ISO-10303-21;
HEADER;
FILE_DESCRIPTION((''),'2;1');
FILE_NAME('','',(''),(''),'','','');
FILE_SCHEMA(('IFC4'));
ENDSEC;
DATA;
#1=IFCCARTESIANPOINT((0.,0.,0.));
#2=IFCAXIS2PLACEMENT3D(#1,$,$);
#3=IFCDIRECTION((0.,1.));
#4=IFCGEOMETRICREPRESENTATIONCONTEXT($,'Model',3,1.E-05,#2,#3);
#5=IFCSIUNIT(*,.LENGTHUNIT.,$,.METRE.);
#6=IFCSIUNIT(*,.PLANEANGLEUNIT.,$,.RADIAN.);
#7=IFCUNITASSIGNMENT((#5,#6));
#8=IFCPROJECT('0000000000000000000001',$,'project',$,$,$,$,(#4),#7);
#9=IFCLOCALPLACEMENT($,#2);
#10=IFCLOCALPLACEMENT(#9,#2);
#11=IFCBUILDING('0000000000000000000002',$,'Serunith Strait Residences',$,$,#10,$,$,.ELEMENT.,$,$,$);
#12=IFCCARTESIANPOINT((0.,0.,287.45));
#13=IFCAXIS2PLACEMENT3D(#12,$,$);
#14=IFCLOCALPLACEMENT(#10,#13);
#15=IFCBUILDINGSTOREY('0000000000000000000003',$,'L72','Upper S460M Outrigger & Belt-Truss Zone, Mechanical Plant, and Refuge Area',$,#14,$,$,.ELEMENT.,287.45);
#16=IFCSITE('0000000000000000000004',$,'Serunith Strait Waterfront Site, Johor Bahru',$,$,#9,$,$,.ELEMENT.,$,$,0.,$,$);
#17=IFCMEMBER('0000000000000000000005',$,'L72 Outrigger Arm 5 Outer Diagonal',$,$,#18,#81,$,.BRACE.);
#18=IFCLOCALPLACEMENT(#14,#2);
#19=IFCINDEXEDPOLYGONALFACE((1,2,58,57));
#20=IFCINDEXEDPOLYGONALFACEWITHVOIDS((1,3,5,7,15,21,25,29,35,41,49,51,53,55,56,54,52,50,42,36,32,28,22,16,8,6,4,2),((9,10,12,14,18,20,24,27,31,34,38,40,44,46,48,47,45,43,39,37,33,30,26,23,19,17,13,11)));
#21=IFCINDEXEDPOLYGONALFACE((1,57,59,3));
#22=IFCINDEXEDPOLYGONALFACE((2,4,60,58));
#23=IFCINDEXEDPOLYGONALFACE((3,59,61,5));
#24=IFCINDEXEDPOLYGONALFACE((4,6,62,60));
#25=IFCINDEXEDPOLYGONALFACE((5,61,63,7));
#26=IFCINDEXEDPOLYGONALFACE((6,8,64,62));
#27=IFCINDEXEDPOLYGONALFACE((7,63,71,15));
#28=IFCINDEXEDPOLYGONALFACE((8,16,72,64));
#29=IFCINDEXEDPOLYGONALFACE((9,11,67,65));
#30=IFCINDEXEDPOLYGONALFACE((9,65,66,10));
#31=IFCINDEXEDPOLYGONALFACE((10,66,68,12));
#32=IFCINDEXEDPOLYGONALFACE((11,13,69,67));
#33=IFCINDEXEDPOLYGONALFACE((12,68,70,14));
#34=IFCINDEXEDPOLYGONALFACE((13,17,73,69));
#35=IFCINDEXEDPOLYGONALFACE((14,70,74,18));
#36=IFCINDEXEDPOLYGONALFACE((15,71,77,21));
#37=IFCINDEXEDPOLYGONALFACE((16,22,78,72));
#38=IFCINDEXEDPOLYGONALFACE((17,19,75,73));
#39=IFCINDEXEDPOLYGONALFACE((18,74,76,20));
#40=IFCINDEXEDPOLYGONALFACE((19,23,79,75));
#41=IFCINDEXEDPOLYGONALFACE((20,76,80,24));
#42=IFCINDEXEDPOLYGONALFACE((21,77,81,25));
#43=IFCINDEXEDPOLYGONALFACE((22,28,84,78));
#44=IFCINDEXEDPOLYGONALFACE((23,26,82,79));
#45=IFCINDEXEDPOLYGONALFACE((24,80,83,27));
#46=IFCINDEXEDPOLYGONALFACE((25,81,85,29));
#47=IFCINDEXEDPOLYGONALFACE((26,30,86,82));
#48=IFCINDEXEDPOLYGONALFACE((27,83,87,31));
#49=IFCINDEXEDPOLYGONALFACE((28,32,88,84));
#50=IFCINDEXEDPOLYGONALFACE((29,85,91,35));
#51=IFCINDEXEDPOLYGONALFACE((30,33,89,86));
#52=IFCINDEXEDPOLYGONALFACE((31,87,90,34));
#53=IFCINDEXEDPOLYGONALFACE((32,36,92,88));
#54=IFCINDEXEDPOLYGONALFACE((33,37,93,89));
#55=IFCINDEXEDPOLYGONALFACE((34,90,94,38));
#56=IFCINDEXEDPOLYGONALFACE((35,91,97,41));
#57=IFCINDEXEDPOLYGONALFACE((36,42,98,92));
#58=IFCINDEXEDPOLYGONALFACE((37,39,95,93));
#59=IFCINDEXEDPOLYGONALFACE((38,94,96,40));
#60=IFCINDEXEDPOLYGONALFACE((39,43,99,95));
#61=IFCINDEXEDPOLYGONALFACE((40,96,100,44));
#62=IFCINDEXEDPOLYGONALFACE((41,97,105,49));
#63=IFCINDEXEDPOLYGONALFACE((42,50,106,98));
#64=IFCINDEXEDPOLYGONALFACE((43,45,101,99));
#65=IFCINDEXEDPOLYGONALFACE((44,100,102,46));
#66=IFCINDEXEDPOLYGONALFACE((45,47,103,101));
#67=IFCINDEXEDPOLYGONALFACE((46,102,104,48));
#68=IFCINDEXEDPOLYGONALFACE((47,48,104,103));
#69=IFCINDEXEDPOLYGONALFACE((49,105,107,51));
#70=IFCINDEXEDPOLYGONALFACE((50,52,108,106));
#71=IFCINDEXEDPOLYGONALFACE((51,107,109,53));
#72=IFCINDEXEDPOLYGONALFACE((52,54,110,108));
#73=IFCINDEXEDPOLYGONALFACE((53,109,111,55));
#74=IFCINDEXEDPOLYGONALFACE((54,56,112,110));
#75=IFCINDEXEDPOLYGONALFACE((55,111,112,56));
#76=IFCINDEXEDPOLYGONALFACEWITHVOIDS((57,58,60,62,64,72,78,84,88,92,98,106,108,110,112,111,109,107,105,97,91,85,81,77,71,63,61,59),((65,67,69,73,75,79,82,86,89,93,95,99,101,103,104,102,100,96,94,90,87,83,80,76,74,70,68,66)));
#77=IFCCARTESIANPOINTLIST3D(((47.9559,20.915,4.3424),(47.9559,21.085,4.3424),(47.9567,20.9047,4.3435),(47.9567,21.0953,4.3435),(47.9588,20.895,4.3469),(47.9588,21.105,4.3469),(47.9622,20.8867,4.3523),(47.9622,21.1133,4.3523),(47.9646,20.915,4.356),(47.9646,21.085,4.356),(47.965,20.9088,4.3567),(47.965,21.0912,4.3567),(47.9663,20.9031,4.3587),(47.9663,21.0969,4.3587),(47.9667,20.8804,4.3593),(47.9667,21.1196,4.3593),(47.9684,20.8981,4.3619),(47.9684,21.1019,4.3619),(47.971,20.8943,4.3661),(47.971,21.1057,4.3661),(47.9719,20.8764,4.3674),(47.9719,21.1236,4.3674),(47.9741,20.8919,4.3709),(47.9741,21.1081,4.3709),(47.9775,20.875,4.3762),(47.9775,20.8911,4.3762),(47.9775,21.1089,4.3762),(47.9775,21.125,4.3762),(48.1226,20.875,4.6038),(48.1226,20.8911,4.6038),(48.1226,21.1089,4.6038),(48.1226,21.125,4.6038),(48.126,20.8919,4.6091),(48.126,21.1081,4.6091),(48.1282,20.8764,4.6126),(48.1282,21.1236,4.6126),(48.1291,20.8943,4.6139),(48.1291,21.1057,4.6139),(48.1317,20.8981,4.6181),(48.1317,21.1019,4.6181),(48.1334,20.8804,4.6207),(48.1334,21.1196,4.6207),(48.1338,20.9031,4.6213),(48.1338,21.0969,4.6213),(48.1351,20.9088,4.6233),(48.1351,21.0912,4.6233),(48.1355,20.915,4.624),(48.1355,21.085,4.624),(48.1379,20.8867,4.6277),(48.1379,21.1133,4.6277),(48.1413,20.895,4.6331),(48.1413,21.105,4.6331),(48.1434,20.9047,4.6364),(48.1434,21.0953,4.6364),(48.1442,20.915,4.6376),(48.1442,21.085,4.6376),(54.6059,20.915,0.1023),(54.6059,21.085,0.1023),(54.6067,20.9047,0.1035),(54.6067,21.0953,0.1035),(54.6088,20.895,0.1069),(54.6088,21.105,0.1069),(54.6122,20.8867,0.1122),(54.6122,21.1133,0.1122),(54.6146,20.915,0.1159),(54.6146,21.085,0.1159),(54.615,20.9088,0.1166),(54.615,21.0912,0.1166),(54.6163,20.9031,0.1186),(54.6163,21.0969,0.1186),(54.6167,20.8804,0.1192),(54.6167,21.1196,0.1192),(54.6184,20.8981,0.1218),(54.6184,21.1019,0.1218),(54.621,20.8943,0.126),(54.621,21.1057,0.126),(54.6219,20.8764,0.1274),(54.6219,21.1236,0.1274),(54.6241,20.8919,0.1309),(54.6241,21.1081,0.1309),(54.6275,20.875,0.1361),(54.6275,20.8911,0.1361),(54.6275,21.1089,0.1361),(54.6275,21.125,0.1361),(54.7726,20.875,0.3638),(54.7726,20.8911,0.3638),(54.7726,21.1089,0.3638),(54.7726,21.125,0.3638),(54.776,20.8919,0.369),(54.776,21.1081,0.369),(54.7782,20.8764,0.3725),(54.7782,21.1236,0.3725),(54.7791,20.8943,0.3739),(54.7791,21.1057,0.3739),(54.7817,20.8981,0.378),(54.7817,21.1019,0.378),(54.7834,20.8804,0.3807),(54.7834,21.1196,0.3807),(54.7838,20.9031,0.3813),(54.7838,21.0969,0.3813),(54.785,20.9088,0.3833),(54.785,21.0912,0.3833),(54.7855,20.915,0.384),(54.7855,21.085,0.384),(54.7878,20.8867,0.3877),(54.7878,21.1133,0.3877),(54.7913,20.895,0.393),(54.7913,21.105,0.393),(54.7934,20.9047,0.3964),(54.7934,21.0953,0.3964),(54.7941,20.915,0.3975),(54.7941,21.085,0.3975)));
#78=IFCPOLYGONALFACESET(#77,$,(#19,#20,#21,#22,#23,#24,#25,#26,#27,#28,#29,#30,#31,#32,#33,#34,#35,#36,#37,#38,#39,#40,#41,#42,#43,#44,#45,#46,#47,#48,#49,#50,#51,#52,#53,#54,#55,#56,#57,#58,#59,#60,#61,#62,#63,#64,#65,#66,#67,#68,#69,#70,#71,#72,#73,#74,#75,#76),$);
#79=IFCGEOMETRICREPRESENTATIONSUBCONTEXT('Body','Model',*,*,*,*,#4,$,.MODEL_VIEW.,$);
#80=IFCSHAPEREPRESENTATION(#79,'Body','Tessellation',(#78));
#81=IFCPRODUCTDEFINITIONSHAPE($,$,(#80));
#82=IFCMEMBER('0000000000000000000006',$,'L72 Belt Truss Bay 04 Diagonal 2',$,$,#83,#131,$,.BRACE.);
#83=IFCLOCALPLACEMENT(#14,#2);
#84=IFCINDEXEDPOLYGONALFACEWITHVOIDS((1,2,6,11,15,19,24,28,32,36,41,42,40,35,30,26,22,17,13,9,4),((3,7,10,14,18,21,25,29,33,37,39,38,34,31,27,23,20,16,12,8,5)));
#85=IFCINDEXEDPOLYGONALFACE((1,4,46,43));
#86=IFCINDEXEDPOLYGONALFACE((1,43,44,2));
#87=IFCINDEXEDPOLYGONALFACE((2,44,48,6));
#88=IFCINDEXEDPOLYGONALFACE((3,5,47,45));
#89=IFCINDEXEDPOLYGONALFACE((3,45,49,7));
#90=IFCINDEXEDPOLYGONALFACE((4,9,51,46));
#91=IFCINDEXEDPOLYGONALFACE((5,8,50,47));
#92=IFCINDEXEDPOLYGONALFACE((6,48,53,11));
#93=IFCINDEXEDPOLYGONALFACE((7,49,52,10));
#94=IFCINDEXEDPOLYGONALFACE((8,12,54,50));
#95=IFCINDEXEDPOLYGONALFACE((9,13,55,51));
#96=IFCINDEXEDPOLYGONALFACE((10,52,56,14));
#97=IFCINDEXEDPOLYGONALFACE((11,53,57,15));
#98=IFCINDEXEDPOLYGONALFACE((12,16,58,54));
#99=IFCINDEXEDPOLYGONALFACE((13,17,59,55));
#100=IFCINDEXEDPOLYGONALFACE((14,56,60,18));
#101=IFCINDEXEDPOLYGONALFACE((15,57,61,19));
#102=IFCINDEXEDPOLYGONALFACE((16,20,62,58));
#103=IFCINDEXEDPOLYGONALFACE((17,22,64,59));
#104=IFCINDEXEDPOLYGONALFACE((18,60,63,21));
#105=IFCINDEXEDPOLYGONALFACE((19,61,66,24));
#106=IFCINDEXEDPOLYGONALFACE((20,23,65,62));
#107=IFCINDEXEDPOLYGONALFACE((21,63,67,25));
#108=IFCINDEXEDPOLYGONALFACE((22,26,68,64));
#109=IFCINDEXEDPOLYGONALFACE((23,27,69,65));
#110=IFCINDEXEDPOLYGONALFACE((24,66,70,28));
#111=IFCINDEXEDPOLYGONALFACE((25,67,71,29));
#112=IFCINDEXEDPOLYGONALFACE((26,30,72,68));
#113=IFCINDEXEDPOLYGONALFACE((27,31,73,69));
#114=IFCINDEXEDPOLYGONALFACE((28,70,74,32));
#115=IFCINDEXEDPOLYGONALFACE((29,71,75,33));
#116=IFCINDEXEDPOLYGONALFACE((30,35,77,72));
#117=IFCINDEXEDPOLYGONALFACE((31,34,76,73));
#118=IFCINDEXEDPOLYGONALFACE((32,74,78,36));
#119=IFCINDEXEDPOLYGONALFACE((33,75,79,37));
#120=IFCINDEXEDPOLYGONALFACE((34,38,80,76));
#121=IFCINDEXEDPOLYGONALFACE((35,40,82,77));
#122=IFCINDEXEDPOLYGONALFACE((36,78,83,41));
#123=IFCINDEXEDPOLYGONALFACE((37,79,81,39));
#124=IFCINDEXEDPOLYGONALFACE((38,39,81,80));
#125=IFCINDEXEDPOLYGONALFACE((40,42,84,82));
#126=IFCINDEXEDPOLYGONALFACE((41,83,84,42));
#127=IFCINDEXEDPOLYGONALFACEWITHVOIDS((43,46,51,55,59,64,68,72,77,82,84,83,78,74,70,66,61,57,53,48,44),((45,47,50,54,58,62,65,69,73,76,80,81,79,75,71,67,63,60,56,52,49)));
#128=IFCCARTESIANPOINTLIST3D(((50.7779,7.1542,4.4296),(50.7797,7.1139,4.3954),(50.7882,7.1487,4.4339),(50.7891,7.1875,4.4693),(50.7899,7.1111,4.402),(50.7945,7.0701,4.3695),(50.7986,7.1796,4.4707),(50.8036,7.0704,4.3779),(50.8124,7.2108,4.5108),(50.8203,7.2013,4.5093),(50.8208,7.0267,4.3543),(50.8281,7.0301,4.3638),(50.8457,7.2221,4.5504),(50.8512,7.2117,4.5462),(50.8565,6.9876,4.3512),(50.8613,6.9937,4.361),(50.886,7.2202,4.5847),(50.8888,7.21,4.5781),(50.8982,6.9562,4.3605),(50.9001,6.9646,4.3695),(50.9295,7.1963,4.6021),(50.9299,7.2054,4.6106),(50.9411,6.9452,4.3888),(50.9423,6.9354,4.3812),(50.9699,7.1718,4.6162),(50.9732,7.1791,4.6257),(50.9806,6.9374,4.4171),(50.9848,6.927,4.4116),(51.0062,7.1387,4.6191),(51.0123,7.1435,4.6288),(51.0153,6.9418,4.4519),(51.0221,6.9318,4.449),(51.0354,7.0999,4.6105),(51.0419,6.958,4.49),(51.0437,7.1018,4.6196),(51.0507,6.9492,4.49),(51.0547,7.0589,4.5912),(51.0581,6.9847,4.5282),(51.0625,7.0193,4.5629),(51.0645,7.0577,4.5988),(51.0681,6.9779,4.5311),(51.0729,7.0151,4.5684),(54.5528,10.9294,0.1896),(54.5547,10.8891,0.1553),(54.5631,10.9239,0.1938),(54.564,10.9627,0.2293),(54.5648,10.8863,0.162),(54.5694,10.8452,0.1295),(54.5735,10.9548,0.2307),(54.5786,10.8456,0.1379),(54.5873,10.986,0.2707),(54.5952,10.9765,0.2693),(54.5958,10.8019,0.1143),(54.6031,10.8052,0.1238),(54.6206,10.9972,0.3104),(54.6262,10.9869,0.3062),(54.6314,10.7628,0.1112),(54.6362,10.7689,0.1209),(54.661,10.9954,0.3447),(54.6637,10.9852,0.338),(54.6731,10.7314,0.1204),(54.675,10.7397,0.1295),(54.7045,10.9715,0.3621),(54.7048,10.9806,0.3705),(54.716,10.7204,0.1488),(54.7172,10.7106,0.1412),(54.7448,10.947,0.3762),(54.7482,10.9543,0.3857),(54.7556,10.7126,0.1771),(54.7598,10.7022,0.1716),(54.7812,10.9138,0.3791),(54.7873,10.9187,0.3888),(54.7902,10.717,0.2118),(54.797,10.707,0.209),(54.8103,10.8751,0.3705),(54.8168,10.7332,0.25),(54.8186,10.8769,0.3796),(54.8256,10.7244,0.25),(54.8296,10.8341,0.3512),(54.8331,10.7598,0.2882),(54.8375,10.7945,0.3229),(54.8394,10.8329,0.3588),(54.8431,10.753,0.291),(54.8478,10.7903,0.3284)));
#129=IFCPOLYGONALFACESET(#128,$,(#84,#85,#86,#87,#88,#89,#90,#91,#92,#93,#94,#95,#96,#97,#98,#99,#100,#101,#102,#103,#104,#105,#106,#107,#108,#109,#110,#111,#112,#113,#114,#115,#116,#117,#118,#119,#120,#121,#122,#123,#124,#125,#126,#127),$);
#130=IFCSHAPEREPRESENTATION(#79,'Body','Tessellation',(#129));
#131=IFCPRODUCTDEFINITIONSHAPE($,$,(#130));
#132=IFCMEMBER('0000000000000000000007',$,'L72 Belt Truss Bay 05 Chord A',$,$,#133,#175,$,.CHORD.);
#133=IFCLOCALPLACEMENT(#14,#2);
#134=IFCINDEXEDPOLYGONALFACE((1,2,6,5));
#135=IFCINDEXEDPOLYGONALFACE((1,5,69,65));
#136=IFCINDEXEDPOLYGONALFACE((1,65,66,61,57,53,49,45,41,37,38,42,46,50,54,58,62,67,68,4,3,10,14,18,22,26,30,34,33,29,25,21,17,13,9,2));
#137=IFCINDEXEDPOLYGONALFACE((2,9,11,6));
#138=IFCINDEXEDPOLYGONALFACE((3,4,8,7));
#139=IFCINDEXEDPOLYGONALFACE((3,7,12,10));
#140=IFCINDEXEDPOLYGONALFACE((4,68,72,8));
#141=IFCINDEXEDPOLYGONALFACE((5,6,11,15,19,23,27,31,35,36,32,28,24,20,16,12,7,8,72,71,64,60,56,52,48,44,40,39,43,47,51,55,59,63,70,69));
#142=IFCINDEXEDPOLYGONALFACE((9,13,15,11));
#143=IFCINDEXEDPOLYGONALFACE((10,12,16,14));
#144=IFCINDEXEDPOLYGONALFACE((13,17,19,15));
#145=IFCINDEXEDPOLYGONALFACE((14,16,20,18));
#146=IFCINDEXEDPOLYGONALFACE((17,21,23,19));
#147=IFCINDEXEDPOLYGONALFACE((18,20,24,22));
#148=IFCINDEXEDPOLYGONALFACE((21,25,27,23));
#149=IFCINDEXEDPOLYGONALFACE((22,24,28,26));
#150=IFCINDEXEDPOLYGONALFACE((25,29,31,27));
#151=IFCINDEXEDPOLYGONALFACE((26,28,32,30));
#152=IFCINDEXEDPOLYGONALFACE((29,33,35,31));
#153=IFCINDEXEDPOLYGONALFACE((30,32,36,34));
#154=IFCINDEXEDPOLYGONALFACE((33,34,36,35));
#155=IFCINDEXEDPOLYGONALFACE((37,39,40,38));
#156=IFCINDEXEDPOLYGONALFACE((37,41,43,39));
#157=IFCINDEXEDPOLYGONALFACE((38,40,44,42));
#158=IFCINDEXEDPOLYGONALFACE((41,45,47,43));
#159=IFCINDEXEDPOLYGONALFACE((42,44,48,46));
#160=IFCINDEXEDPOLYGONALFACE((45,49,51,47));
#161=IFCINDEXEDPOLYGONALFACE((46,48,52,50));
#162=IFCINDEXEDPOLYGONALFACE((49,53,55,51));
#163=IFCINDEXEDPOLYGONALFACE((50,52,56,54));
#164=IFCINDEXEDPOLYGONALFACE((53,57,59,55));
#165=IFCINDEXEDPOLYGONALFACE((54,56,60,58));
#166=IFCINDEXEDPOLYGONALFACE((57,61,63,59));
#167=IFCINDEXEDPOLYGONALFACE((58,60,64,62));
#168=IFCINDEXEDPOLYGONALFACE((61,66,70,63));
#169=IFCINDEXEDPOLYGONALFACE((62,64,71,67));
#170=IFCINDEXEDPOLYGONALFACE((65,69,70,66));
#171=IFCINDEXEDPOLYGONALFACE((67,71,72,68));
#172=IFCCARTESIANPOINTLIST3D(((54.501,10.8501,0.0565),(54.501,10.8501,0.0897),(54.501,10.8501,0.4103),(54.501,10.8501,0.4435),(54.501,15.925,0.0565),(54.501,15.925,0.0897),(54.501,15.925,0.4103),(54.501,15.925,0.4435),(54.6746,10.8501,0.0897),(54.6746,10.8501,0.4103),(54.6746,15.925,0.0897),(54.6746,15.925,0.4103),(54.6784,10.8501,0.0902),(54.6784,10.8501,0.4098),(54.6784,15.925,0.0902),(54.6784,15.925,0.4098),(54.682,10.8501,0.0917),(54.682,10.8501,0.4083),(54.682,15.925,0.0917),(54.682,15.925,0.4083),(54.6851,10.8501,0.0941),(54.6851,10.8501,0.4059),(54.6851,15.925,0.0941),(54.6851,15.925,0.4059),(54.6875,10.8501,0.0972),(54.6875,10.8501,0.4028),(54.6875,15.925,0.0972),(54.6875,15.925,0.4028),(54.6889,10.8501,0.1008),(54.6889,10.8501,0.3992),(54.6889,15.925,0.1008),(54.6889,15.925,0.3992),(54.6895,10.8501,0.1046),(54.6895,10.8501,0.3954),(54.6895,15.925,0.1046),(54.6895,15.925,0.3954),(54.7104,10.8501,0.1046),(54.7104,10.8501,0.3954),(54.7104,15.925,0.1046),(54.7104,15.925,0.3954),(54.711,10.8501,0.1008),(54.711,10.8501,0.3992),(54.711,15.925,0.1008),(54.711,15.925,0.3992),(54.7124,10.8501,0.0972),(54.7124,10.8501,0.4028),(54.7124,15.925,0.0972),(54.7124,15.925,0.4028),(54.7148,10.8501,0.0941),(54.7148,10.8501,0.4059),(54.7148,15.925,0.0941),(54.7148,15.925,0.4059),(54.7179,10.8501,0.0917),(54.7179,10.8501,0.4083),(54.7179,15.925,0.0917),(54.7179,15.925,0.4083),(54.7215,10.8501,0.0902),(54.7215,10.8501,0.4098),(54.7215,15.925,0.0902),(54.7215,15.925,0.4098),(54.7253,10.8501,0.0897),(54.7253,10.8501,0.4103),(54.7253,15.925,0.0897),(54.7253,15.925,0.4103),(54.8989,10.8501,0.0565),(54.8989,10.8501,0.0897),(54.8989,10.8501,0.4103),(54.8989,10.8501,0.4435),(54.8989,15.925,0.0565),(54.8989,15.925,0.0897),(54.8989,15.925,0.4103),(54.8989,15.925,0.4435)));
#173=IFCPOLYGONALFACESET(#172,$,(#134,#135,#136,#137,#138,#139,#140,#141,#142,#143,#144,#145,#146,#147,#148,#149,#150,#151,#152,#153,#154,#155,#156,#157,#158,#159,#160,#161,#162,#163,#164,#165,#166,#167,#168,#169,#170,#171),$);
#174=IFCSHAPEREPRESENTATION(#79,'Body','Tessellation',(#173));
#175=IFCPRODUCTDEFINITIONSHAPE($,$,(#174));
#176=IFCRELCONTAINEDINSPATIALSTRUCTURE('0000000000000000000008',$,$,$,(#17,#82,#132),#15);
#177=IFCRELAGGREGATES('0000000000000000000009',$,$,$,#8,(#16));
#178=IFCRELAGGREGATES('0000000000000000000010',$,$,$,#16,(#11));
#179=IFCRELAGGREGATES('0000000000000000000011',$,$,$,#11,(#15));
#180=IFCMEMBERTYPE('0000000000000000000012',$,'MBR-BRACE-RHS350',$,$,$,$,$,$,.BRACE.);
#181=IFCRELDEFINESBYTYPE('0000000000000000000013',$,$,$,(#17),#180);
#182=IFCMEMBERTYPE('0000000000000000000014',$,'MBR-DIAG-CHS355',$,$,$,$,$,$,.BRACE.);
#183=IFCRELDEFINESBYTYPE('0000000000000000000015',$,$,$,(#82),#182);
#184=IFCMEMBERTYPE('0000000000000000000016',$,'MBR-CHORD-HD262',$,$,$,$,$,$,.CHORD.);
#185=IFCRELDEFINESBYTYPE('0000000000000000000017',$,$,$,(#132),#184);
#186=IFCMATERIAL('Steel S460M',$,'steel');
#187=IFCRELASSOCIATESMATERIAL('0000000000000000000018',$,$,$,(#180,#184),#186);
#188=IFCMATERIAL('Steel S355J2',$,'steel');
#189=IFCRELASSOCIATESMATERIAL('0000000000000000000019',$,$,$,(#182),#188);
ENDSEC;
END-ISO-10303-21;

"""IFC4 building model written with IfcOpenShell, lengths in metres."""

from ifc_helpers import new_model, si_unit, direction, frame, origin, origin_2d, place, context, subcontext, project, spatial, hollow_rectangle, hollow_circle, i_section, extrude, source, transform, mapped, material, material_profile, profile_set, type_object, element, save


model = new_model("IFC4")

# Units and contexts
model_context = context("Model", 3, precision=1e-05, world=origin(), true_north=direction((0.0, 1.0)))
body_context = subcontext(model_context, "Body", "Model", "MODEL_VIEW")
ifc_project = project(units=[si_unit("LENGTHUNIT", "METRE"), si_unit("PLANEANGLEUNIT", "RADIAN")], contexts=[model_context])

# Site, building, storey
site_placement = place(None, origin())
site = spatial("IfcSite", under=ifc_project, at=site_placement, Name="Serunith Strait Waterfront Site, Johor Bahru", CompositionType="ELEMENT", RefElevation=0.0)
building_placement = place(site_placement, origin())
building = spatial("IfcBuilding", under=site, at=building_placement, Name="Serunith Strait Residences", CompositionType="ELEMENT")
storey_placement = place(building_placement, frame((0.0, 0.0, 287.45)))
storey = spatial("IfcBuildingStorey", under=building, at=storey_placement, Name="L72", Description="Upper S460M Outrigger & Belt-Truss Zone, Mechanical Plant, and Refuge Area", CompositionType="ELEMENT", Elevation=287.45)

# Shared definitions
ifc_material_1 = material(Name="Steel S355J2", Category="steel")

# Members
ifc_material_2 = material(Name="Steel S460M", Category="steel")
ifc_material_profile_1 = material_profile(ifc_material_2, hollow_rectangle(XDim=0.25, YDim=0.3501, WallThickness=0.0161, InnerFilletRadius=0.0239, OuterFilletRadius=0.04, at=origin_2d()), Name="RHS 350x250x16")
ifc_profile_set_1 = profile_set([ifc_material_profile_1], Name="Steel S460M")
member_type_1 = type_object("IfcMemberType", Name="MBR-BRACE-RHS350", PredefinedType="BRACE", material=ifc_profile_set_1)
shared_shape_1 = source(origin(), body_context, "Body", "SweptSolid", [
    extrude(hollow_rectangle(XDim=0.25, YDim=0.3501, WallThickness=0.0161, InnerFilletRadius=0.0239, OuterFilletRadius=0.04, at=origin_2d()), origin(), (0.0, 0.0, 1.0), 7.8867),
])
member_1_placement = place(storey_placement, frame((48.05, 21.0, 4.49), z_axis=(0.843188, 0.0, -0.537618), x_axis=(0.0, 1.0, 0.0)))
element("IfcMember", 1, at=member_1_placement, inside=storey, type_object=member_type_1, Name="L72 Outrigger Arm 5 Outer Diagonal", PredefinedType="BRACE", context=body_context, shape_type="MappedRepresentation", body=[
    mapped(shared_shape_1, transform((0.0, 0.0, 0.0), scale=1.0)),
])
ifc_material_profile_2 = material_profile(ifc_material_1, hollow_circle(Radius=0.1777, WallThickness=0.0125, at=origin_2d()), Name="CHS 355.6x12.5")
ifc_profile_set_2 = profile_set([ifc_material_profile_2], Name="Steel S355J2")
member_type_2 = type_object("IfcMemberType", Name="MBR-DIAG-CHS355", PredefinedType="BRACE", material=ifc_profile_set_2)
shared_shape_2 = source(origin(), body_context, "Body", "SweptSolid", [
    extrude(hollow_circle(Radius=0.1777, WallThickness=0.0125, at=origin_2d()), origin(), (0.0, 0.0, 1.0), 6.8176),
])
member_2_placement = place(storey_placement, frame((54.7, 10.8501, 0.25), z_axis=(-0.553703, -0.553739, 0.621922), x_axis=(0.70713, -0.707084, 0.0)))
element("IfcMember", 2, at=member_2_placement, inside=storey, type_object=member_type_2, Name="L72 Belt Truss Bay 04 Diagonal 2", PredefinedType="BRACE", context=body_context, shape_type="MappedRepresentation", body=[
    mapped(shared_shape_2, transform((0.0, 0.0, 0.0), scale=1.0)),
])
ifc_material_profile_3 = material_profile(ifc_material_2, i_section(OverallWidth=0.3979, OverallDepth=0.387, WebThickness=0.021, FlangeThickness=0.0332, FilletRadius=0.0149, at=origin_2d()), Name="HD 400x262")
ifc_profile_set_3 = profile_set([ifc_material_profile_3], Name="Steel S460M")
member_type_3 = type_object("IfcMemberType", Name="MBR-CHORD-HD262", PredefinedType="CHORD", material=ifc_profile_set_3)
shared_shape_3 = source(origin(), body_context, "Body", "SweptSolid", [
    extrude(i_section(OverallWidth=0.3979, OverallDepth=0.387, WebThickness=0.021, FlangeThickness=0.0332, FilletRadius=0.0149, at=origin_2d()), origin(), (0.0, 0.0, 1.0), 5.075),
])
for number, where, z_axis, x_axis, name in (
    (3, (54.7, 10.8501, 0.25), (0.0, 1.0, 0.0), (-1.0, 0.0, 0.0), "L72 Belt Truss Bay 05 Chord A"),
):
    element("IfcMember", number, at=place(storey_placement, frame(where, z_axis=z_axis, x_axis=x_axis)), inside=storey, type_object=member_type_3, Name=name, PredefinedType="CHORD", context=body_context, shape_type="MappedRepresentation", body=[
        mapped(shared_shape_3, transform((0.0, 0.0, 0.0), scale=1.0)),
    ])

save(model, "model.ifc")
